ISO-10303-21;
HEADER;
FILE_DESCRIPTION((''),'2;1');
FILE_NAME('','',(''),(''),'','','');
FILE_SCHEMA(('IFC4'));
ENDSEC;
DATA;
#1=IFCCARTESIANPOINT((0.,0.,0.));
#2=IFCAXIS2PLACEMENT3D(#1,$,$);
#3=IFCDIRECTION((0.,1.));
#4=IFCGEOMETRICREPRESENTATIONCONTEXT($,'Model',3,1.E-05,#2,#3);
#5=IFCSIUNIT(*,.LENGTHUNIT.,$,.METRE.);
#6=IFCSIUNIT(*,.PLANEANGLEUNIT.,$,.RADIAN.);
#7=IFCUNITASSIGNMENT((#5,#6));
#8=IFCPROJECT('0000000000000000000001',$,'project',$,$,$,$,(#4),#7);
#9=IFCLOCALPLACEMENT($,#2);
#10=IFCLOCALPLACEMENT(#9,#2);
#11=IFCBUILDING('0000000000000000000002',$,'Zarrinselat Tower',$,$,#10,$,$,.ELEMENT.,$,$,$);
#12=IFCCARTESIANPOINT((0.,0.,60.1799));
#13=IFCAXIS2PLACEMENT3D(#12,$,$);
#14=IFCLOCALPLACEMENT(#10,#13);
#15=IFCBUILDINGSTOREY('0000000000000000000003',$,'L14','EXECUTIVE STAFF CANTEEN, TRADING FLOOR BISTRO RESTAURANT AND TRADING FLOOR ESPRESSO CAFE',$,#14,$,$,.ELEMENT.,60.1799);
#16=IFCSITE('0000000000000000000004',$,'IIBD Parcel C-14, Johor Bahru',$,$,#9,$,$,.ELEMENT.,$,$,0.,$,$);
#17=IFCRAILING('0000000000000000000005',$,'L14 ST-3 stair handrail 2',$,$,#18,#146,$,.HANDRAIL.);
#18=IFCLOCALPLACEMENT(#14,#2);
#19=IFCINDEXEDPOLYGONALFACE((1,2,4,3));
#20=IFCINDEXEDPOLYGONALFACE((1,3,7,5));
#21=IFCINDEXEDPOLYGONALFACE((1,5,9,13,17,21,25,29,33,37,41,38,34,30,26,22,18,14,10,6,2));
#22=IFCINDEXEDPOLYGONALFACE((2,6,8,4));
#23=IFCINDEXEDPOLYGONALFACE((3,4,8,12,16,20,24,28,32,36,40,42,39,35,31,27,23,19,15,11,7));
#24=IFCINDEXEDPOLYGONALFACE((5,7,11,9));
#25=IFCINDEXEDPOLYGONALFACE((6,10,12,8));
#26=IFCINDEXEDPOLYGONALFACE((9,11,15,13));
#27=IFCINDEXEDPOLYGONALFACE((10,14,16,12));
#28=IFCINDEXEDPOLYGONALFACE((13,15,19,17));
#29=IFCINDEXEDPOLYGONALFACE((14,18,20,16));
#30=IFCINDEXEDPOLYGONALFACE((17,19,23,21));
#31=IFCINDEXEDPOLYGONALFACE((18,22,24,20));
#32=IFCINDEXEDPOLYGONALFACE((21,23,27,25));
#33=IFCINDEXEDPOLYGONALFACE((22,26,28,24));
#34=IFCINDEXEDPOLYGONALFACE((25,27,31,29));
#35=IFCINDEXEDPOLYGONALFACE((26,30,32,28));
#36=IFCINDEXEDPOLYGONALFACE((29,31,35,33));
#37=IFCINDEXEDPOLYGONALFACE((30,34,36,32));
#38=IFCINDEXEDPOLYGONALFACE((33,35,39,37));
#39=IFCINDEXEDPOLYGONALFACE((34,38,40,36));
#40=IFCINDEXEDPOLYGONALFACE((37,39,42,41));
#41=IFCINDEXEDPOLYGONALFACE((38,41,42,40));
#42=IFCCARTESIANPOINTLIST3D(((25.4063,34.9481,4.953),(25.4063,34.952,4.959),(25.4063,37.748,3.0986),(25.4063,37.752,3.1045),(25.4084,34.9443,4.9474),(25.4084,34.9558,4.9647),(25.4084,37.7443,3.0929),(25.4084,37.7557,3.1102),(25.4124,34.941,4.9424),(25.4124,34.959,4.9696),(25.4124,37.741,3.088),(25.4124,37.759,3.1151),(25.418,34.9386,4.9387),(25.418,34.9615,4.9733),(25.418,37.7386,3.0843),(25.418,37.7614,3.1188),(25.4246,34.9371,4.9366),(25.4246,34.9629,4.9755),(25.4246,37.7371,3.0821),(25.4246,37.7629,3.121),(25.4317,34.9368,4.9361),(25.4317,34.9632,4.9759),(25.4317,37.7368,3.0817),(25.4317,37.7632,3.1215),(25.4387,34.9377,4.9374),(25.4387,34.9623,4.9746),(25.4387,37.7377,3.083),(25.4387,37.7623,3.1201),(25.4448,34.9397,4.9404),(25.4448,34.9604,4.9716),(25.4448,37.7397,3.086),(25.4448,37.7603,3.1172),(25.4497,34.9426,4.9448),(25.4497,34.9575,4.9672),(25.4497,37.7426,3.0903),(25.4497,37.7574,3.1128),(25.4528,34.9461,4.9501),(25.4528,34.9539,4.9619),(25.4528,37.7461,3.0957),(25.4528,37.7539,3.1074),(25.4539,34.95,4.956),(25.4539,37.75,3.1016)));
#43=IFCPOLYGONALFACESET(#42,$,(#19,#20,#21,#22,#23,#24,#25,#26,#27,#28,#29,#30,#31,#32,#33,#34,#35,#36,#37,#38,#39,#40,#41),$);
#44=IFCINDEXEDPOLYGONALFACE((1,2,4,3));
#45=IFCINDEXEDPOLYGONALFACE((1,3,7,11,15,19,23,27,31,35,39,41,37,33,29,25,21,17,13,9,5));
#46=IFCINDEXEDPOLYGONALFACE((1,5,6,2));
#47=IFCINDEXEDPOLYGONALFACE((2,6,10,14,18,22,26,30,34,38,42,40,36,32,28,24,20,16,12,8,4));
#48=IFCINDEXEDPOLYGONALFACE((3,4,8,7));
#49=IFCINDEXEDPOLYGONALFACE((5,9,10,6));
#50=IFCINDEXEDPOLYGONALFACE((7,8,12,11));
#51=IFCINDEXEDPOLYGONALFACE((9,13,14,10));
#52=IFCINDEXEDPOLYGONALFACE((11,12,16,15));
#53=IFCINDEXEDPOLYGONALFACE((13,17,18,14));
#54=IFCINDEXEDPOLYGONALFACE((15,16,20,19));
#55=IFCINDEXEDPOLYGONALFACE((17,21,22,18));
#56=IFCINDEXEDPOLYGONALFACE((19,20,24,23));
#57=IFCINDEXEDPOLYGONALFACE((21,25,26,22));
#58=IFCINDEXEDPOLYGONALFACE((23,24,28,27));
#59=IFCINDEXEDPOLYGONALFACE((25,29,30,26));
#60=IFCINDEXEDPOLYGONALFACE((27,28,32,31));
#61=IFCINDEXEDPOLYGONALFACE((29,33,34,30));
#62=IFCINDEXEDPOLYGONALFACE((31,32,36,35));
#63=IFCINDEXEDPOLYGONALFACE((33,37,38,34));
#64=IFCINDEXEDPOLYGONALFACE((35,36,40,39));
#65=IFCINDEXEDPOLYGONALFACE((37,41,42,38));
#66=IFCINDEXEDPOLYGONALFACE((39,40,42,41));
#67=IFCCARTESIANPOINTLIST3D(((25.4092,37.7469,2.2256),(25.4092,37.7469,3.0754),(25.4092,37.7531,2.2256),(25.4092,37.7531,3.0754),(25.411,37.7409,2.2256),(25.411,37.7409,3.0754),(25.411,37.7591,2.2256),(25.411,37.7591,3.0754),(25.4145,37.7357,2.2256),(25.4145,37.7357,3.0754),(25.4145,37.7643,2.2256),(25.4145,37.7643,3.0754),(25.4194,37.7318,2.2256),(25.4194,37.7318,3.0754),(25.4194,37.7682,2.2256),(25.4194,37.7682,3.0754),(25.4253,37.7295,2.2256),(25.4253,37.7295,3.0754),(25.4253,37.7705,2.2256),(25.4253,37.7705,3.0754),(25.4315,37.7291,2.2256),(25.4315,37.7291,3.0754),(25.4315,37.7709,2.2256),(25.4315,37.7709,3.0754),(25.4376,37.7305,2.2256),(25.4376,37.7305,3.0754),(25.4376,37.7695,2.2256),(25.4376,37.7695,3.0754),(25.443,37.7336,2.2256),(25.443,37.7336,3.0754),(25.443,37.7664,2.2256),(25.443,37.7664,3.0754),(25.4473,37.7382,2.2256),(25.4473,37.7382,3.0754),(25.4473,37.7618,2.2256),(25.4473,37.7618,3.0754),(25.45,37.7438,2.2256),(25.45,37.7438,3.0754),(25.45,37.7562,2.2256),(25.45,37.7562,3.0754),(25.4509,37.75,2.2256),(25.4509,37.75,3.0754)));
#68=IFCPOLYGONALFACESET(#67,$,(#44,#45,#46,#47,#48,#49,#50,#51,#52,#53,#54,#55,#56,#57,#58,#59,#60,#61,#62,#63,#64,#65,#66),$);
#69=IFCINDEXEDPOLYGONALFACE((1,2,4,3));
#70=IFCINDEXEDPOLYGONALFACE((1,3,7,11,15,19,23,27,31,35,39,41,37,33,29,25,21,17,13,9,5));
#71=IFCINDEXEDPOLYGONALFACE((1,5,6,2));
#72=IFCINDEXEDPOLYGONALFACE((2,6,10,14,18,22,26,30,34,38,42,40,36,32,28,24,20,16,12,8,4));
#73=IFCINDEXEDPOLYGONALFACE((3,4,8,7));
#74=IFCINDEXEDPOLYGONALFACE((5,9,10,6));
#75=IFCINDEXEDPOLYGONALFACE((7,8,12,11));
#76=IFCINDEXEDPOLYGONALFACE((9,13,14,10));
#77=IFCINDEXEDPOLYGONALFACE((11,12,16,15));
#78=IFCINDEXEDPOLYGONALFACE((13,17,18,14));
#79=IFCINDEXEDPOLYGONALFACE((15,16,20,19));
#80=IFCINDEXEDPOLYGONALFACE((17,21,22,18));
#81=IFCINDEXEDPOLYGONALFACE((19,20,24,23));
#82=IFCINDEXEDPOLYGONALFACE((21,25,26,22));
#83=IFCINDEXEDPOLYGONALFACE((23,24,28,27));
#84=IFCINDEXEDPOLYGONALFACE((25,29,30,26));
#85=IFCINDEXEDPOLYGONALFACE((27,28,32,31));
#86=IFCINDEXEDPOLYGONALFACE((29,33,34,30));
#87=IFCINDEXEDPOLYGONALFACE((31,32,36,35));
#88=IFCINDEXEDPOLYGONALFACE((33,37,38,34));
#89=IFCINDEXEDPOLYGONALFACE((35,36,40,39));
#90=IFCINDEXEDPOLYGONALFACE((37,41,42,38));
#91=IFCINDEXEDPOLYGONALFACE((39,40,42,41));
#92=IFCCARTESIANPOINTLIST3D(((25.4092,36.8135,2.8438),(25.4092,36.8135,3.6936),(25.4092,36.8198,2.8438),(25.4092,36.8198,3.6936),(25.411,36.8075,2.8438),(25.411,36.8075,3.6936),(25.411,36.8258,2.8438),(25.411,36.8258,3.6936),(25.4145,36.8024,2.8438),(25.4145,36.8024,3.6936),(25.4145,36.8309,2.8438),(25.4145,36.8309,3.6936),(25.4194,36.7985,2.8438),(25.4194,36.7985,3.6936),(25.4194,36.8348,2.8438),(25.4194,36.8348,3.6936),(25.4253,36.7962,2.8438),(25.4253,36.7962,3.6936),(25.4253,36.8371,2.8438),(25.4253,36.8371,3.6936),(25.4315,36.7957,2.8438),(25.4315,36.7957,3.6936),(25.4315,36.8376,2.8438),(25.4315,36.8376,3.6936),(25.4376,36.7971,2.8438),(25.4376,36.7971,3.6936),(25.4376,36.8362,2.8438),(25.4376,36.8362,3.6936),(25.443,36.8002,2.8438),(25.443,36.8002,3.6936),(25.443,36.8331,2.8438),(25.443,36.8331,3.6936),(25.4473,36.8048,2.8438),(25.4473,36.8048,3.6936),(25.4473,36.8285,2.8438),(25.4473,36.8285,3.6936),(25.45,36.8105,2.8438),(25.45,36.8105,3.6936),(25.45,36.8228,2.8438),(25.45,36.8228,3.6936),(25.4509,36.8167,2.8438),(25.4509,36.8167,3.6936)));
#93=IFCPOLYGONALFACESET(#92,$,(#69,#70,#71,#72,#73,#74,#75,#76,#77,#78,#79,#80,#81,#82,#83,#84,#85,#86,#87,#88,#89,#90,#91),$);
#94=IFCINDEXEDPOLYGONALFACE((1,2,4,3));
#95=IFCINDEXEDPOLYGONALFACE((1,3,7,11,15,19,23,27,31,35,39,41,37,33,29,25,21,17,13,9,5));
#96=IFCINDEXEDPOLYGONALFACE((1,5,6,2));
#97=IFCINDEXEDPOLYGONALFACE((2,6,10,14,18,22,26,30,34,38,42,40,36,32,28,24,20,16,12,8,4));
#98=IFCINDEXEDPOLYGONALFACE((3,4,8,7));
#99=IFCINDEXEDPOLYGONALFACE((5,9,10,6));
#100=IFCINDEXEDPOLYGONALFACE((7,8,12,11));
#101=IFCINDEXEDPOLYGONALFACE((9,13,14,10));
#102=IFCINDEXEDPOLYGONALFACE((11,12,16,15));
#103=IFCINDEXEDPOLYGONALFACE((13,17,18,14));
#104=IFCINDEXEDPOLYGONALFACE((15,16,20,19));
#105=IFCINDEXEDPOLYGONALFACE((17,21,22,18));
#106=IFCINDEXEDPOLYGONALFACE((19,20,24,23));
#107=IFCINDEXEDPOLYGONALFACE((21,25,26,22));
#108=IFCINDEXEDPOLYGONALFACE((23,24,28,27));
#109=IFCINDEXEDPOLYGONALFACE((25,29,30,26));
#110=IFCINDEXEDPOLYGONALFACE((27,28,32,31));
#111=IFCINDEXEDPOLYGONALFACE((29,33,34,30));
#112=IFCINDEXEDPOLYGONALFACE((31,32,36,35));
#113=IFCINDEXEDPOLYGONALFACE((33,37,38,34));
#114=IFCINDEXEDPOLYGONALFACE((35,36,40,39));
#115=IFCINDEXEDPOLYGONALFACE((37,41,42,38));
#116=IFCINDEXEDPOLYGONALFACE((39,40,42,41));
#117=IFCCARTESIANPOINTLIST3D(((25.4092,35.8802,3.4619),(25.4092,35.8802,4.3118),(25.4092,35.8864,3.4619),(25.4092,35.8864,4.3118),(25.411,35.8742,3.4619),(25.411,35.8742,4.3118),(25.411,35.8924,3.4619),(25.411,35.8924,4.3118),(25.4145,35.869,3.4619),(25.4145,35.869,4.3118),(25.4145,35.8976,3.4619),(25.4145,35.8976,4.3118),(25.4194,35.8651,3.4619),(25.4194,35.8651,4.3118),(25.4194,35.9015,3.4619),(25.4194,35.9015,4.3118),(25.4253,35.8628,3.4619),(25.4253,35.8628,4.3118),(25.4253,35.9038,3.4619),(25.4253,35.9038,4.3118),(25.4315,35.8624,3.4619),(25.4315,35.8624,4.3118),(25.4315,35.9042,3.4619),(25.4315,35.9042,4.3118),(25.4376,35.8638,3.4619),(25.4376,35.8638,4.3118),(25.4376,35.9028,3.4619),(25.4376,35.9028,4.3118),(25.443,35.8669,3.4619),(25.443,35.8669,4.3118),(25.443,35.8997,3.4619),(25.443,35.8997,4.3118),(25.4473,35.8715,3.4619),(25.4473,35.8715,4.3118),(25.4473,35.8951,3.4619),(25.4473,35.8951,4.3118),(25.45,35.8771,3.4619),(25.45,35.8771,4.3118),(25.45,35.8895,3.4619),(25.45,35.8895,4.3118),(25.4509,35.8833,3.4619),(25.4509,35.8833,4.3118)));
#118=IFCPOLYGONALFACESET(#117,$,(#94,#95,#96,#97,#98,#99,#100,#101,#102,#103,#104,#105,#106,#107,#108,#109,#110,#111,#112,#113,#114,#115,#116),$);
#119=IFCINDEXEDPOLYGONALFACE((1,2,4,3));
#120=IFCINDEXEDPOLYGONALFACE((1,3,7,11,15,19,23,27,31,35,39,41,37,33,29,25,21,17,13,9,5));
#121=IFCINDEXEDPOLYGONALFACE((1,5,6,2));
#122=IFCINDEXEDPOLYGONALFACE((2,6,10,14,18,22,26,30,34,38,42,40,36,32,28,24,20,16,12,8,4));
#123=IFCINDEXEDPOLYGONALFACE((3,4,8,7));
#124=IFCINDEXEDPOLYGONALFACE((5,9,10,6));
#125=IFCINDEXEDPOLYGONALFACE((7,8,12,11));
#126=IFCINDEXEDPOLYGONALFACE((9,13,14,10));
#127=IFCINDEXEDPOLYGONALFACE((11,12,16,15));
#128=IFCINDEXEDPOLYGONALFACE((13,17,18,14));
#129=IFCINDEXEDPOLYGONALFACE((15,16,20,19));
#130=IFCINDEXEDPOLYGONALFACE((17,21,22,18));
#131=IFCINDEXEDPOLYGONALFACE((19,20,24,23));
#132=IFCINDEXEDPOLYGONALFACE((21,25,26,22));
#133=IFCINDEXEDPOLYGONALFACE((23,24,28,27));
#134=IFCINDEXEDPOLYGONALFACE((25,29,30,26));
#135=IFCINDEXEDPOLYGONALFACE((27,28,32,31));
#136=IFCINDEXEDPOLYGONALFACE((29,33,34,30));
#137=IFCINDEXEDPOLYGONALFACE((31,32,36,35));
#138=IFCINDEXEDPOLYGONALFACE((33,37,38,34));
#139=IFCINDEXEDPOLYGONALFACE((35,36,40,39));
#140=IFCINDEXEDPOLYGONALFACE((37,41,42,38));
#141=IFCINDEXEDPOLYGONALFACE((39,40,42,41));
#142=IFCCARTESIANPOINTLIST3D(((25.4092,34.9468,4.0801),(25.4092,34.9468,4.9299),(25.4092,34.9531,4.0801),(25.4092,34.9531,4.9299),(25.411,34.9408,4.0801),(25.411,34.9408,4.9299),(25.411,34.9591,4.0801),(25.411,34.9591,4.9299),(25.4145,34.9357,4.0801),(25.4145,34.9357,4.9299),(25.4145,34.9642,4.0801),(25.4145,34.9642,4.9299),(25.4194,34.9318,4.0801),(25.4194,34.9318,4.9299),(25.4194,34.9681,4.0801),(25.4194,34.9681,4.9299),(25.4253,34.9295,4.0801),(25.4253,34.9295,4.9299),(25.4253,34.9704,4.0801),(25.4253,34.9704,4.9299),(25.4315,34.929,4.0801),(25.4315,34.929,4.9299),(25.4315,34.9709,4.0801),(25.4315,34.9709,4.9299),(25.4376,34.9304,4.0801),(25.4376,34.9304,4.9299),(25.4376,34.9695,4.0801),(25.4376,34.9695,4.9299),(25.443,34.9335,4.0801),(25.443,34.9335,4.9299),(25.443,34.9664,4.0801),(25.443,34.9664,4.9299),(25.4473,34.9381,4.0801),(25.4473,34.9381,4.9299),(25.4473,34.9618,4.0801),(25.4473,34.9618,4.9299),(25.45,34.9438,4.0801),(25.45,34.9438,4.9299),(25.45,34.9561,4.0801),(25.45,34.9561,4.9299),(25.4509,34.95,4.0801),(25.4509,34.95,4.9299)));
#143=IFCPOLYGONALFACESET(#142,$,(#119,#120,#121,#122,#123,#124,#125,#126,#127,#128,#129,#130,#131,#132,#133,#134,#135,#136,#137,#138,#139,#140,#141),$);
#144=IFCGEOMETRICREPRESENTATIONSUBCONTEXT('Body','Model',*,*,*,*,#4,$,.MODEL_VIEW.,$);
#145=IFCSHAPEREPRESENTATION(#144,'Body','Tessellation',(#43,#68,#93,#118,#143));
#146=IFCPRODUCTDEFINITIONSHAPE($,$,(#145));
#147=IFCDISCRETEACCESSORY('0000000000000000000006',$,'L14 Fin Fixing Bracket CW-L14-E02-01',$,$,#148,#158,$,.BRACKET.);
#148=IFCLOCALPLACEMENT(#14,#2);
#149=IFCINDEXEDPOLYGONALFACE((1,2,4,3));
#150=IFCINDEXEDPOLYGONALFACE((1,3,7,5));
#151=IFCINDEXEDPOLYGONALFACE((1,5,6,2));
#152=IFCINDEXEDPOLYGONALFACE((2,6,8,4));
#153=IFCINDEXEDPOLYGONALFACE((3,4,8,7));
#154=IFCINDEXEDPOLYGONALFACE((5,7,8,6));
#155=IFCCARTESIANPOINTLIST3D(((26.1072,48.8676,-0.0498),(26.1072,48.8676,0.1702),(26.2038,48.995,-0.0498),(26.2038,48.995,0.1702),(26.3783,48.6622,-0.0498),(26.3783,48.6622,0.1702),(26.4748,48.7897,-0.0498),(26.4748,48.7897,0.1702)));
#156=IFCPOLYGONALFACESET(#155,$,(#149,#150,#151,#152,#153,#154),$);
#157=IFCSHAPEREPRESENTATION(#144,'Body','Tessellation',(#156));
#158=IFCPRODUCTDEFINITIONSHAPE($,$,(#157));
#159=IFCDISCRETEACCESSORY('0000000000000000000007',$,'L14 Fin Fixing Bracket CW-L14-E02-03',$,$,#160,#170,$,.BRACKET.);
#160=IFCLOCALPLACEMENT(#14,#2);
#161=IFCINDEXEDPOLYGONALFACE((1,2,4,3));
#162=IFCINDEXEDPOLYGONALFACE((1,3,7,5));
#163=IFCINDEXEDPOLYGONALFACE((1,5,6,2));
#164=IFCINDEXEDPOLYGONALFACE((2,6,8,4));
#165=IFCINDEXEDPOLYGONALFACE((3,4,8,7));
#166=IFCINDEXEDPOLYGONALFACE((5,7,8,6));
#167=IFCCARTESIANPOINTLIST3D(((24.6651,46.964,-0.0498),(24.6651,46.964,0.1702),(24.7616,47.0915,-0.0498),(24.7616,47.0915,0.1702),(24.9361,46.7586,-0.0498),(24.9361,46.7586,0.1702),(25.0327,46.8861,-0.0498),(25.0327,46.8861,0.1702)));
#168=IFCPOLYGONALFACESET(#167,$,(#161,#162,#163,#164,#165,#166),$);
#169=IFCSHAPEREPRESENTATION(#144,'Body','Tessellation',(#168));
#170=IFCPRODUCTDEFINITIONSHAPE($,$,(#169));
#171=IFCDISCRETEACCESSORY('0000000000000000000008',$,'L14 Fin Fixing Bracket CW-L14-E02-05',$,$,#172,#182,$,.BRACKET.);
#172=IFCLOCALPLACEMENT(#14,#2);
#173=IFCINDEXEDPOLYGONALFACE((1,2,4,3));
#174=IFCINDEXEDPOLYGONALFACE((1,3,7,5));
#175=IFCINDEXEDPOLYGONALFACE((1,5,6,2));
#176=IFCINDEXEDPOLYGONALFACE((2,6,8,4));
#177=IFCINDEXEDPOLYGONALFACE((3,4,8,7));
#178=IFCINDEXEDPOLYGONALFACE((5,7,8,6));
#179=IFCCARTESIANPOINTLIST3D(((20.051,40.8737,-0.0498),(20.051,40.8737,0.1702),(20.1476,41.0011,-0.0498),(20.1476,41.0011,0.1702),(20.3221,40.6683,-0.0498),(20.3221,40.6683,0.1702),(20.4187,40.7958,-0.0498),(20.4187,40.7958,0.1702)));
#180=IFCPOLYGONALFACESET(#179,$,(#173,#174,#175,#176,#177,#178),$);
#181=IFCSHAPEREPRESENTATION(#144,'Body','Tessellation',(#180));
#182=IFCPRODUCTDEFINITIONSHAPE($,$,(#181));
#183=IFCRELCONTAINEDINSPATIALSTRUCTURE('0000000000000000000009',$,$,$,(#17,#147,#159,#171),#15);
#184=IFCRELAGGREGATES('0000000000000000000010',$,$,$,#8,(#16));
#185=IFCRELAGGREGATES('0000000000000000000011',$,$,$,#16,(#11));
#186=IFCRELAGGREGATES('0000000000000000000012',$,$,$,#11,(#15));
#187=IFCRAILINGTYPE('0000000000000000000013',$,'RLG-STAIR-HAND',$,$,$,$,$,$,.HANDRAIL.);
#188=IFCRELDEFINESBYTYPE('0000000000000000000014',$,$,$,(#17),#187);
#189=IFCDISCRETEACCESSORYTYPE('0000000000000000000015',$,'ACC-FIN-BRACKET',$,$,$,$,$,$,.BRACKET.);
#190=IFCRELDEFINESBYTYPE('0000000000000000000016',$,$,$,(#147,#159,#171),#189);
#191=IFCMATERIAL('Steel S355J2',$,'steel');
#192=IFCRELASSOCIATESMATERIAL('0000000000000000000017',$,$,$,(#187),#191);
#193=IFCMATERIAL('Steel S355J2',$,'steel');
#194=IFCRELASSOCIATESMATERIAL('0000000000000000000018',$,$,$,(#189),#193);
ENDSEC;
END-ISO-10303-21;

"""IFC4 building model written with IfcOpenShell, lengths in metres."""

from ifc_helpers import new_model, si_unit, direction, frame, origin, origin_2d, place, context, subcontext, project, spatial, rectangle, circle, extrude, material, type_object, element, save


model = new_model("IFC4")

# Units and contexts
model_context = context("Model", 3, precision=1e-05, world=origin(), true_north=direction((0.0, 1.0)))
body_context = subcontext(model_context, "Body", "Model", "MODEL_VIEW")
ifc_project = project(units=[si_unit("LENGTHUNIT", "METRE"), si_unit("PLANEANGLEUNIT", "RADIAN")], contexts=[model_context])

# Site, building, storey
site_placement = place(None, origin())
site = spatial("IfcSite", under=ifc_project, at=site_placement, Name="IIBD Parcel C-14, Johor Bahru", CompositionType="ELEMENT", RefElevation=0.0)
building_placement = place(site_placement, origin())
building = spatial("IfcBuilding", under=site, at=building_placement, Name="Zarrinselat Tower", CompositionType="ELEMENT")
storey_placement = place(building_placement, frame((0.0, 0.0, 60.1799)))
storey = spatial("IfcBuildingStorey", under=building, at=storey_placement, Name="L14", Description="EXECUTIVE STAFF CANTEEN, TRADING FLOOR BISTRO RESTAURANT AND TRADING FLOOR ESPRESSO CAFE", CompositionType="ELEMENT", Elevation=60.1799)

# Railing
ifc_material_1 = material(Name="Steel S355J2", Category="steel")
railing_type_1 = type_object("IfcRailingType", Name="RLG-STAIR-HAND", PredefinedType="HANDRAIL", material=ifc_material_1)
railing_1_placement = place(storey_placement, frame((25.4299, 37.75, 2.2256)))
element("IfcRailing", 1, at=railing_1_placement, inside=storey, type_object=railing_type_1, Name="L14 ST-3 stair handrail 2", PredefinedType="HANDRAIL", context=body_context, shape_type="SweptSolid", body=[
    extrude(circle(Radius=0.0239, at=origin_2d()), frame((0.0, 0.0, 0.876), z_axis=(0.0, -0.833724, 0.552181), x_axis=(1.0, 0.0, 0.0)), (0.0, 0.0, 1.0), 3.3584),
    extrude(circle(Radius=0.021, at=origin_2d()), origin(), (0.0, 0.0, 1.0), 0.8499),
    extrude(circle(Radius=0.021, at=origin_2d()), frame((0.0, -0.9333, 0.6182)), (0.0, 0.0, 1.0), 0.8499),
    extrude(circle(Radius=0.021, at=origin_2d()), frame((0.0, -1.8667, 1.2363)), (0.0, 0.0, 1.0), 0.8499),
    extrude(circle(Radius=0.021, at=origin_2d()), frame((0.0, -2.8, 1.8545)), (0.0, 0.0, 1.0), 0.8499),
])

# Discrete accessories
ifc_material_2 = material(Name="Steel S355J2", Category="steel")
discrete_accessory_type = type_object("IfcDiscreteAccessoryType", Name="ACC-FIN-BRACKET", PredefinedType="BRACKET", material=ifc_material_2)
for number, where, z_axis, x_axis, name in (
    (2, (26.291, 48.8286, -0.0498), (0.0, 0.0, 1.0), (-0.797091, 0.60386, 0.0), "L14 Fin Fixing Bracket CW-L14-E02-01"),
    (3, (24.8489, 46.925, -0.0498), (0.0, 0.0, 1.0), (-0.797091, 0.60386, 0.0), "L14 Fin Fixing Bracket CW-L14-E02-03"),
    (4, (20.2349, 40.8347, -0.0498), (0.0, 0.0, 1.0), (-0.797091, 0.60386, 0.0), "L14 Fin Fixing Bracket CW-L14-E02-05"),
):
    element("IfcDiscreteAccessory", number, at=place(storey_placement, frame(where, z_axis=z_axis, x_axis=x_axis)), inside=storey, type_object=discrete_accessory_type, Name=name, PredefinedType="BRACKET", context=body_context, shape_type="SweptSolid", body=[
        extrude(rectangle(XDim=0.3401, YDim=0.1599, at=origin_2d()), origin(), (0.0, 0.0, 1.0), 0.22),
    ])

save(model, "model.ifc")
